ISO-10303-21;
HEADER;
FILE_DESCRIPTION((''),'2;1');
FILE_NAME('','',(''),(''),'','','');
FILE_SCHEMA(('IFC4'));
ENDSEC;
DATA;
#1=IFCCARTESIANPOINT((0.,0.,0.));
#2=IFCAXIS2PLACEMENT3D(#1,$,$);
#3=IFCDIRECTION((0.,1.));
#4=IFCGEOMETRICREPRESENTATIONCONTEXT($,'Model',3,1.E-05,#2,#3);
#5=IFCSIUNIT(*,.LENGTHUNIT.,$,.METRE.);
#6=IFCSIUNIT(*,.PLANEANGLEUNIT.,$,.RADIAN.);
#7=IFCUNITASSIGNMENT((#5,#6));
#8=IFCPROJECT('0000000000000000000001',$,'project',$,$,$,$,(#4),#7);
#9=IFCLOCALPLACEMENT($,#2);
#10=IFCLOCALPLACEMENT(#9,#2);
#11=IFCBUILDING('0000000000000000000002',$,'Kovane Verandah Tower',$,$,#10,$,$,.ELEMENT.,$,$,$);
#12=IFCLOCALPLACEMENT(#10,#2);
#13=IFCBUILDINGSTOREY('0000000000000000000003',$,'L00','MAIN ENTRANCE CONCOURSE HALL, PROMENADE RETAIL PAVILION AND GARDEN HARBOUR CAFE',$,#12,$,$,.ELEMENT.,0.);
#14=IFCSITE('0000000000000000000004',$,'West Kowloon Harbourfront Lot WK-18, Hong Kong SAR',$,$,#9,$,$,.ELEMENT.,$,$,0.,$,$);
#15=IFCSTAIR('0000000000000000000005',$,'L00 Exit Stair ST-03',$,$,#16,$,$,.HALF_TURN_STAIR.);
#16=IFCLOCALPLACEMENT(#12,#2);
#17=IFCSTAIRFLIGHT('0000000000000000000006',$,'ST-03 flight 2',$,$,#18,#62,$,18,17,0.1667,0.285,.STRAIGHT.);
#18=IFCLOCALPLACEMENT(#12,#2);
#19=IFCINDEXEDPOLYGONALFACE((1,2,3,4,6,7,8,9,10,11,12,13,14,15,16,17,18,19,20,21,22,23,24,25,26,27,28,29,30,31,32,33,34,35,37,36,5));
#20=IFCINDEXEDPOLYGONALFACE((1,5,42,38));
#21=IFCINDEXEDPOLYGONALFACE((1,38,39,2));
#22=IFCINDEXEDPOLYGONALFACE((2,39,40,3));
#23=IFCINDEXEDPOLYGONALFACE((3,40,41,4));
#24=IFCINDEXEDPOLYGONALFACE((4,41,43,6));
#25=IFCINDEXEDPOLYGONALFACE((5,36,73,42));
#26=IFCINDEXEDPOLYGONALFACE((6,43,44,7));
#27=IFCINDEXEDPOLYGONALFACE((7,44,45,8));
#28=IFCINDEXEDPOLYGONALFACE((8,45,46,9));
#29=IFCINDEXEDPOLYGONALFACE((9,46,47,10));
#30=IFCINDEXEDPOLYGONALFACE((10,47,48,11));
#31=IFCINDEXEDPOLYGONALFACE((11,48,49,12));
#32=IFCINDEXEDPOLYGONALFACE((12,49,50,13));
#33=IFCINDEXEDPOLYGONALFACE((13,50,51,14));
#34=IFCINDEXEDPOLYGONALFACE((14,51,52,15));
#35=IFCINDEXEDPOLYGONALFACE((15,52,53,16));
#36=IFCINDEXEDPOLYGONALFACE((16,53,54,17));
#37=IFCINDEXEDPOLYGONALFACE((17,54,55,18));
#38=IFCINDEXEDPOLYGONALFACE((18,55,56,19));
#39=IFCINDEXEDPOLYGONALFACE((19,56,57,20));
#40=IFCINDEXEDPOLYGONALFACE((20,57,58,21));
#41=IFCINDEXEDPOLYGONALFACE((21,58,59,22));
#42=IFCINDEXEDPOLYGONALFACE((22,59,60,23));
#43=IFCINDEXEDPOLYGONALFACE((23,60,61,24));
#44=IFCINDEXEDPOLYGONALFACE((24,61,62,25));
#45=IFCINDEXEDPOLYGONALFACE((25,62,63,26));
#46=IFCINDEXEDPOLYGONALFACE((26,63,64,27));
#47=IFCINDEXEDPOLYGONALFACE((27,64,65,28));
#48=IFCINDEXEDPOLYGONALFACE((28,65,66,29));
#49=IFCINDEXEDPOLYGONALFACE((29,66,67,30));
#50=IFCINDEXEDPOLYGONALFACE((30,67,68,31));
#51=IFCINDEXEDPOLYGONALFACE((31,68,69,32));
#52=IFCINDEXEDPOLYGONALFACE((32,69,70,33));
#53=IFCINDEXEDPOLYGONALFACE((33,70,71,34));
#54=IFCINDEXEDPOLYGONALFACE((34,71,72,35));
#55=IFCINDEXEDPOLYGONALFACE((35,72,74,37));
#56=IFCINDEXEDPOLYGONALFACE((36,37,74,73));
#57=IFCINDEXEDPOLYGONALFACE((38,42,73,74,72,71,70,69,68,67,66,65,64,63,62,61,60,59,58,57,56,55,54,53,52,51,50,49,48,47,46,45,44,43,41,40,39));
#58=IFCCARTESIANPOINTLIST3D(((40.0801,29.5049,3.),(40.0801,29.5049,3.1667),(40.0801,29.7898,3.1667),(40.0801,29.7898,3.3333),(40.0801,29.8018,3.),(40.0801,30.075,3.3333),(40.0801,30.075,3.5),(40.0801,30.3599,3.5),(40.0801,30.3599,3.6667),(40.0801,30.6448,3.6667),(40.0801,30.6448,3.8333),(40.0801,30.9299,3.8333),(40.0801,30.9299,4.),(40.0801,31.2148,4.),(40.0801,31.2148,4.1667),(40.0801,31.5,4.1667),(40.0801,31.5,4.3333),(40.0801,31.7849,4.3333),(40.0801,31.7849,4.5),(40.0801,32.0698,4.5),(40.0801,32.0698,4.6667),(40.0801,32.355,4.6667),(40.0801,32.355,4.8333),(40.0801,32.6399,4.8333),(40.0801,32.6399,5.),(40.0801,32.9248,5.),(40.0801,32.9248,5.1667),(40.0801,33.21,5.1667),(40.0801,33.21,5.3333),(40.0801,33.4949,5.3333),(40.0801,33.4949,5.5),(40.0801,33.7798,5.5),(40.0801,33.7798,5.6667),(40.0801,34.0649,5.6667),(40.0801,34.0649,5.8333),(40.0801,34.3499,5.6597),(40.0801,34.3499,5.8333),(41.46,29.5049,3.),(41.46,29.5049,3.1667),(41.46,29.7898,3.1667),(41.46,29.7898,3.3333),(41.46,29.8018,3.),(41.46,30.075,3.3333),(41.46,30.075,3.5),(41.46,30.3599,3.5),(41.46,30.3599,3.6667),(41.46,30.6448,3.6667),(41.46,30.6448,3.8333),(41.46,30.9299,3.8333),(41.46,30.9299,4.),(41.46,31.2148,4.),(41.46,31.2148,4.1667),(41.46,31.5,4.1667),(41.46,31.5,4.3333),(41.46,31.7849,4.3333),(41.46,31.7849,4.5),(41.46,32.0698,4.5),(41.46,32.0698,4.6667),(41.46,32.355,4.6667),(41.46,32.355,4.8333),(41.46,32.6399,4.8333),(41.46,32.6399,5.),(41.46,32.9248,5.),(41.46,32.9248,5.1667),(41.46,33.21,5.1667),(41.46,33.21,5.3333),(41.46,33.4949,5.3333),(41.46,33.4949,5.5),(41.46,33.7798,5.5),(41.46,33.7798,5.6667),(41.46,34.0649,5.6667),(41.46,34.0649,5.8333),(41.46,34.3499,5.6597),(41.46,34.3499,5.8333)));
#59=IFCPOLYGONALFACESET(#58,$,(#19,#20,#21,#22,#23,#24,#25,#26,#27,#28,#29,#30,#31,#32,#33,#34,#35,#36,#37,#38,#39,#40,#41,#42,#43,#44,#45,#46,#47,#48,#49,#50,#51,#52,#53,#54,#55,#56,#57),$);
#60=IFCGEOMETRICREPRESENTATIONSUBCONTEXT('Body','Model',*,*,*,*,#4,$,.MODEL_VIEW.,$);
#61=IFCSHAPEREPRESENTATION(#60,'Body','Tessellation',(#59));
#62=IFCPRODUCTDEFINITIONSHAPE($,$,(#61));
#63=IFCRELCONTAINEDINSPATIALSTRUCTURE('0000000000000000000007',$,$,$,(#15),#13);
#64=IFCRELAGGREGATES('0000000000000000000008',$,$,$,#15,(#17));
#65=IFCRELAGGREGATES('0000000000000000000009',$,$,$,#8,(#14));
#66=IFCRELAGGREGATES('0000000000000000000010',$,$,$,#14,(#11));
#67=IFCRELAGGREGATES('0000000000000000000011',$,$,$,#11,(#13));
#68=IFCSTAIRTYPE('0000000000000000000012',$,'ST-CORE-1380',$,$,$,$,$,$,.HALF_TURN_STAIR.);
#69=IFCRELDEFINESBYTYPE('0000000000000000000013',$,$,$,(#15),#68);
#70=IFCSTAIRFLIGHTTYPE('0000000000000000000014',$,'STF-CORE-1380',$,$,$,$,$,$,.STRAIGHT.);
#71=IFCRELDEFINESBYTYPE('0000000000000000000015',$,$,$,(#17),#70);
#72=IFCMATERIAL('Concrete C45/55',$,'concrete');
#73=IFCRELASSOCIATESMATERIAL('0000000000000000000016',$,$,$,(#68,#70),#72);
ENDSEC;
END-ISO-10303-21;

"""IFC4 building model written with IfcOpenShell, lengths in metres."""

from ifc_helpers import new_model, si_unit, direction, frame, origin, place, context, subcontext, project, spatial, polyline, outline, extrude, material, type_object, element, aggregate, save


model = new_model("IFC4")

# Units and contexts
model_context = context("Model", 3, precision=1e-05, world=origin(), true_north=direction((0.0, 1.0)))
body_context = subcontext(model_context, "Body", "Model", "MODEL_VIEW")
ifc_project = project(units=[si_unit("LENGTHUNIT", "METRE"), si_unit("PLANEANGLEUNIT", "RADIAN")], contexts=[model_context])

# Site, building, storey
site_placement = place(None, origin())
site = spatial("IfcSite", under=ifc_project, at=site_placement, Name="West Kowloon Harbourfront Lot WK-18, Hong Kong SAR", CompositionType="ELEMENT", RefElevation=0.0)
building_placement = place(site_placement, origin())
building = spatial("IfcBuilding", under=site, at=building_placement, Name="Kovane Verandah Tower", CompositionType="ELEMENT")
storey_placement = place(building_placement, origin())
storey = spatial("IfcBuildingStorey", under=building, at=storey_placement, Name="L00", Description="MAIN ENTRANCE CONCOURSE HALL, PROMENADE RETAIL PAVILION AND GARDEN HARBOUR CAFE", CompositionType="ELEMENT", Elevation=0.0)

# Shared definitions
ifc_material_1 = material(Name="Concrete C45/55", Category="concrete")

# Stair, stair flight
stair_type = type_object("IfcStairType", Name="ST-CORE-1380", PredefinedType="HALF_TURN_STAIR", material=ifc_material_1)
stair_placement = place(storey_placement, origin())
stair = element("IfcStair", 1, at=stair_placement, inside=storey, type_object=stair_type, Name="L00 Exit Stair ST-03", PredefinedType="HALF_TURN_STAIR")
stair_flight_type = type_object("IfcStairFlightType", Name="STF-CORE-1380", PredefinedType="STRAIGHT", material=ifc_material_1)
stair_flight_placement = place(storey_placement, frame((40.77, 29.5049, 3.0), z_axis=(0.0, 0.0, 1.0), x_axis=(0.0, 1.0, 0.0)))
stair_flight = element("IfcStairFlight", 2, at=stair_flight_placement, type_object=stair_flight_type, Name="ST-03 flight 2", NumberOfRisers=18, NumberOfTreads=17, PredefinedType="STRAIGHT", RiserHeight=0.1667, TreadLength=0.285, context=body_context, shape_type="SweptSolid", body=[
    extrude(outline(polyline([(0.0, 0.0), (0.0, 0.1667), (0.2849, 0.1667), (0.2849, 0.3333), (0.5701, 0.3333), (0.5701, 0.5), (0.855, 0.5), (0.855, 0.6667), (1.1399, 0.6667), (1.1399, 0.8333), (1.425, 0.8333), (1.425, 1.0), (1.71, 1.0), (1.71, 1.1667), (1.9951, 1.1667), (1.9951, 1.3333), (2.28, 1.3333), (2.28, 1.5), (2.5649, 1.5), (2.5649, 1.6667), (2.8501, 1.6667), (2.8501, 1.8333), (3.135, 1.8333), (3.135, 2.0), (3.4199, 2.0), (3.4199, 2.1667), (3.7051, 2.1667), (3.7051, 2.3333), (3.99, 2.3333), (3.99, 2.5), (4.2749, 2.5), (4.2749, 2.6667), (4.5601, 2.6667), (4.5601, 2.8333), (4.845, 2.8333), (4.845, 3.0), (4.845, 2.6597), (0.2969, 0.0), (0.0, 0.0)])), frame((0.0, 0.6899, 0.0), z_axis=(0.0, -1.0, 0.0), x_axis=(1.0, 0.0, 0.0)), (0.0, 0.0, 1.0), 1.3799),
])
aggregate(stair, [stair_flight])

save(model, "model.ifc")
